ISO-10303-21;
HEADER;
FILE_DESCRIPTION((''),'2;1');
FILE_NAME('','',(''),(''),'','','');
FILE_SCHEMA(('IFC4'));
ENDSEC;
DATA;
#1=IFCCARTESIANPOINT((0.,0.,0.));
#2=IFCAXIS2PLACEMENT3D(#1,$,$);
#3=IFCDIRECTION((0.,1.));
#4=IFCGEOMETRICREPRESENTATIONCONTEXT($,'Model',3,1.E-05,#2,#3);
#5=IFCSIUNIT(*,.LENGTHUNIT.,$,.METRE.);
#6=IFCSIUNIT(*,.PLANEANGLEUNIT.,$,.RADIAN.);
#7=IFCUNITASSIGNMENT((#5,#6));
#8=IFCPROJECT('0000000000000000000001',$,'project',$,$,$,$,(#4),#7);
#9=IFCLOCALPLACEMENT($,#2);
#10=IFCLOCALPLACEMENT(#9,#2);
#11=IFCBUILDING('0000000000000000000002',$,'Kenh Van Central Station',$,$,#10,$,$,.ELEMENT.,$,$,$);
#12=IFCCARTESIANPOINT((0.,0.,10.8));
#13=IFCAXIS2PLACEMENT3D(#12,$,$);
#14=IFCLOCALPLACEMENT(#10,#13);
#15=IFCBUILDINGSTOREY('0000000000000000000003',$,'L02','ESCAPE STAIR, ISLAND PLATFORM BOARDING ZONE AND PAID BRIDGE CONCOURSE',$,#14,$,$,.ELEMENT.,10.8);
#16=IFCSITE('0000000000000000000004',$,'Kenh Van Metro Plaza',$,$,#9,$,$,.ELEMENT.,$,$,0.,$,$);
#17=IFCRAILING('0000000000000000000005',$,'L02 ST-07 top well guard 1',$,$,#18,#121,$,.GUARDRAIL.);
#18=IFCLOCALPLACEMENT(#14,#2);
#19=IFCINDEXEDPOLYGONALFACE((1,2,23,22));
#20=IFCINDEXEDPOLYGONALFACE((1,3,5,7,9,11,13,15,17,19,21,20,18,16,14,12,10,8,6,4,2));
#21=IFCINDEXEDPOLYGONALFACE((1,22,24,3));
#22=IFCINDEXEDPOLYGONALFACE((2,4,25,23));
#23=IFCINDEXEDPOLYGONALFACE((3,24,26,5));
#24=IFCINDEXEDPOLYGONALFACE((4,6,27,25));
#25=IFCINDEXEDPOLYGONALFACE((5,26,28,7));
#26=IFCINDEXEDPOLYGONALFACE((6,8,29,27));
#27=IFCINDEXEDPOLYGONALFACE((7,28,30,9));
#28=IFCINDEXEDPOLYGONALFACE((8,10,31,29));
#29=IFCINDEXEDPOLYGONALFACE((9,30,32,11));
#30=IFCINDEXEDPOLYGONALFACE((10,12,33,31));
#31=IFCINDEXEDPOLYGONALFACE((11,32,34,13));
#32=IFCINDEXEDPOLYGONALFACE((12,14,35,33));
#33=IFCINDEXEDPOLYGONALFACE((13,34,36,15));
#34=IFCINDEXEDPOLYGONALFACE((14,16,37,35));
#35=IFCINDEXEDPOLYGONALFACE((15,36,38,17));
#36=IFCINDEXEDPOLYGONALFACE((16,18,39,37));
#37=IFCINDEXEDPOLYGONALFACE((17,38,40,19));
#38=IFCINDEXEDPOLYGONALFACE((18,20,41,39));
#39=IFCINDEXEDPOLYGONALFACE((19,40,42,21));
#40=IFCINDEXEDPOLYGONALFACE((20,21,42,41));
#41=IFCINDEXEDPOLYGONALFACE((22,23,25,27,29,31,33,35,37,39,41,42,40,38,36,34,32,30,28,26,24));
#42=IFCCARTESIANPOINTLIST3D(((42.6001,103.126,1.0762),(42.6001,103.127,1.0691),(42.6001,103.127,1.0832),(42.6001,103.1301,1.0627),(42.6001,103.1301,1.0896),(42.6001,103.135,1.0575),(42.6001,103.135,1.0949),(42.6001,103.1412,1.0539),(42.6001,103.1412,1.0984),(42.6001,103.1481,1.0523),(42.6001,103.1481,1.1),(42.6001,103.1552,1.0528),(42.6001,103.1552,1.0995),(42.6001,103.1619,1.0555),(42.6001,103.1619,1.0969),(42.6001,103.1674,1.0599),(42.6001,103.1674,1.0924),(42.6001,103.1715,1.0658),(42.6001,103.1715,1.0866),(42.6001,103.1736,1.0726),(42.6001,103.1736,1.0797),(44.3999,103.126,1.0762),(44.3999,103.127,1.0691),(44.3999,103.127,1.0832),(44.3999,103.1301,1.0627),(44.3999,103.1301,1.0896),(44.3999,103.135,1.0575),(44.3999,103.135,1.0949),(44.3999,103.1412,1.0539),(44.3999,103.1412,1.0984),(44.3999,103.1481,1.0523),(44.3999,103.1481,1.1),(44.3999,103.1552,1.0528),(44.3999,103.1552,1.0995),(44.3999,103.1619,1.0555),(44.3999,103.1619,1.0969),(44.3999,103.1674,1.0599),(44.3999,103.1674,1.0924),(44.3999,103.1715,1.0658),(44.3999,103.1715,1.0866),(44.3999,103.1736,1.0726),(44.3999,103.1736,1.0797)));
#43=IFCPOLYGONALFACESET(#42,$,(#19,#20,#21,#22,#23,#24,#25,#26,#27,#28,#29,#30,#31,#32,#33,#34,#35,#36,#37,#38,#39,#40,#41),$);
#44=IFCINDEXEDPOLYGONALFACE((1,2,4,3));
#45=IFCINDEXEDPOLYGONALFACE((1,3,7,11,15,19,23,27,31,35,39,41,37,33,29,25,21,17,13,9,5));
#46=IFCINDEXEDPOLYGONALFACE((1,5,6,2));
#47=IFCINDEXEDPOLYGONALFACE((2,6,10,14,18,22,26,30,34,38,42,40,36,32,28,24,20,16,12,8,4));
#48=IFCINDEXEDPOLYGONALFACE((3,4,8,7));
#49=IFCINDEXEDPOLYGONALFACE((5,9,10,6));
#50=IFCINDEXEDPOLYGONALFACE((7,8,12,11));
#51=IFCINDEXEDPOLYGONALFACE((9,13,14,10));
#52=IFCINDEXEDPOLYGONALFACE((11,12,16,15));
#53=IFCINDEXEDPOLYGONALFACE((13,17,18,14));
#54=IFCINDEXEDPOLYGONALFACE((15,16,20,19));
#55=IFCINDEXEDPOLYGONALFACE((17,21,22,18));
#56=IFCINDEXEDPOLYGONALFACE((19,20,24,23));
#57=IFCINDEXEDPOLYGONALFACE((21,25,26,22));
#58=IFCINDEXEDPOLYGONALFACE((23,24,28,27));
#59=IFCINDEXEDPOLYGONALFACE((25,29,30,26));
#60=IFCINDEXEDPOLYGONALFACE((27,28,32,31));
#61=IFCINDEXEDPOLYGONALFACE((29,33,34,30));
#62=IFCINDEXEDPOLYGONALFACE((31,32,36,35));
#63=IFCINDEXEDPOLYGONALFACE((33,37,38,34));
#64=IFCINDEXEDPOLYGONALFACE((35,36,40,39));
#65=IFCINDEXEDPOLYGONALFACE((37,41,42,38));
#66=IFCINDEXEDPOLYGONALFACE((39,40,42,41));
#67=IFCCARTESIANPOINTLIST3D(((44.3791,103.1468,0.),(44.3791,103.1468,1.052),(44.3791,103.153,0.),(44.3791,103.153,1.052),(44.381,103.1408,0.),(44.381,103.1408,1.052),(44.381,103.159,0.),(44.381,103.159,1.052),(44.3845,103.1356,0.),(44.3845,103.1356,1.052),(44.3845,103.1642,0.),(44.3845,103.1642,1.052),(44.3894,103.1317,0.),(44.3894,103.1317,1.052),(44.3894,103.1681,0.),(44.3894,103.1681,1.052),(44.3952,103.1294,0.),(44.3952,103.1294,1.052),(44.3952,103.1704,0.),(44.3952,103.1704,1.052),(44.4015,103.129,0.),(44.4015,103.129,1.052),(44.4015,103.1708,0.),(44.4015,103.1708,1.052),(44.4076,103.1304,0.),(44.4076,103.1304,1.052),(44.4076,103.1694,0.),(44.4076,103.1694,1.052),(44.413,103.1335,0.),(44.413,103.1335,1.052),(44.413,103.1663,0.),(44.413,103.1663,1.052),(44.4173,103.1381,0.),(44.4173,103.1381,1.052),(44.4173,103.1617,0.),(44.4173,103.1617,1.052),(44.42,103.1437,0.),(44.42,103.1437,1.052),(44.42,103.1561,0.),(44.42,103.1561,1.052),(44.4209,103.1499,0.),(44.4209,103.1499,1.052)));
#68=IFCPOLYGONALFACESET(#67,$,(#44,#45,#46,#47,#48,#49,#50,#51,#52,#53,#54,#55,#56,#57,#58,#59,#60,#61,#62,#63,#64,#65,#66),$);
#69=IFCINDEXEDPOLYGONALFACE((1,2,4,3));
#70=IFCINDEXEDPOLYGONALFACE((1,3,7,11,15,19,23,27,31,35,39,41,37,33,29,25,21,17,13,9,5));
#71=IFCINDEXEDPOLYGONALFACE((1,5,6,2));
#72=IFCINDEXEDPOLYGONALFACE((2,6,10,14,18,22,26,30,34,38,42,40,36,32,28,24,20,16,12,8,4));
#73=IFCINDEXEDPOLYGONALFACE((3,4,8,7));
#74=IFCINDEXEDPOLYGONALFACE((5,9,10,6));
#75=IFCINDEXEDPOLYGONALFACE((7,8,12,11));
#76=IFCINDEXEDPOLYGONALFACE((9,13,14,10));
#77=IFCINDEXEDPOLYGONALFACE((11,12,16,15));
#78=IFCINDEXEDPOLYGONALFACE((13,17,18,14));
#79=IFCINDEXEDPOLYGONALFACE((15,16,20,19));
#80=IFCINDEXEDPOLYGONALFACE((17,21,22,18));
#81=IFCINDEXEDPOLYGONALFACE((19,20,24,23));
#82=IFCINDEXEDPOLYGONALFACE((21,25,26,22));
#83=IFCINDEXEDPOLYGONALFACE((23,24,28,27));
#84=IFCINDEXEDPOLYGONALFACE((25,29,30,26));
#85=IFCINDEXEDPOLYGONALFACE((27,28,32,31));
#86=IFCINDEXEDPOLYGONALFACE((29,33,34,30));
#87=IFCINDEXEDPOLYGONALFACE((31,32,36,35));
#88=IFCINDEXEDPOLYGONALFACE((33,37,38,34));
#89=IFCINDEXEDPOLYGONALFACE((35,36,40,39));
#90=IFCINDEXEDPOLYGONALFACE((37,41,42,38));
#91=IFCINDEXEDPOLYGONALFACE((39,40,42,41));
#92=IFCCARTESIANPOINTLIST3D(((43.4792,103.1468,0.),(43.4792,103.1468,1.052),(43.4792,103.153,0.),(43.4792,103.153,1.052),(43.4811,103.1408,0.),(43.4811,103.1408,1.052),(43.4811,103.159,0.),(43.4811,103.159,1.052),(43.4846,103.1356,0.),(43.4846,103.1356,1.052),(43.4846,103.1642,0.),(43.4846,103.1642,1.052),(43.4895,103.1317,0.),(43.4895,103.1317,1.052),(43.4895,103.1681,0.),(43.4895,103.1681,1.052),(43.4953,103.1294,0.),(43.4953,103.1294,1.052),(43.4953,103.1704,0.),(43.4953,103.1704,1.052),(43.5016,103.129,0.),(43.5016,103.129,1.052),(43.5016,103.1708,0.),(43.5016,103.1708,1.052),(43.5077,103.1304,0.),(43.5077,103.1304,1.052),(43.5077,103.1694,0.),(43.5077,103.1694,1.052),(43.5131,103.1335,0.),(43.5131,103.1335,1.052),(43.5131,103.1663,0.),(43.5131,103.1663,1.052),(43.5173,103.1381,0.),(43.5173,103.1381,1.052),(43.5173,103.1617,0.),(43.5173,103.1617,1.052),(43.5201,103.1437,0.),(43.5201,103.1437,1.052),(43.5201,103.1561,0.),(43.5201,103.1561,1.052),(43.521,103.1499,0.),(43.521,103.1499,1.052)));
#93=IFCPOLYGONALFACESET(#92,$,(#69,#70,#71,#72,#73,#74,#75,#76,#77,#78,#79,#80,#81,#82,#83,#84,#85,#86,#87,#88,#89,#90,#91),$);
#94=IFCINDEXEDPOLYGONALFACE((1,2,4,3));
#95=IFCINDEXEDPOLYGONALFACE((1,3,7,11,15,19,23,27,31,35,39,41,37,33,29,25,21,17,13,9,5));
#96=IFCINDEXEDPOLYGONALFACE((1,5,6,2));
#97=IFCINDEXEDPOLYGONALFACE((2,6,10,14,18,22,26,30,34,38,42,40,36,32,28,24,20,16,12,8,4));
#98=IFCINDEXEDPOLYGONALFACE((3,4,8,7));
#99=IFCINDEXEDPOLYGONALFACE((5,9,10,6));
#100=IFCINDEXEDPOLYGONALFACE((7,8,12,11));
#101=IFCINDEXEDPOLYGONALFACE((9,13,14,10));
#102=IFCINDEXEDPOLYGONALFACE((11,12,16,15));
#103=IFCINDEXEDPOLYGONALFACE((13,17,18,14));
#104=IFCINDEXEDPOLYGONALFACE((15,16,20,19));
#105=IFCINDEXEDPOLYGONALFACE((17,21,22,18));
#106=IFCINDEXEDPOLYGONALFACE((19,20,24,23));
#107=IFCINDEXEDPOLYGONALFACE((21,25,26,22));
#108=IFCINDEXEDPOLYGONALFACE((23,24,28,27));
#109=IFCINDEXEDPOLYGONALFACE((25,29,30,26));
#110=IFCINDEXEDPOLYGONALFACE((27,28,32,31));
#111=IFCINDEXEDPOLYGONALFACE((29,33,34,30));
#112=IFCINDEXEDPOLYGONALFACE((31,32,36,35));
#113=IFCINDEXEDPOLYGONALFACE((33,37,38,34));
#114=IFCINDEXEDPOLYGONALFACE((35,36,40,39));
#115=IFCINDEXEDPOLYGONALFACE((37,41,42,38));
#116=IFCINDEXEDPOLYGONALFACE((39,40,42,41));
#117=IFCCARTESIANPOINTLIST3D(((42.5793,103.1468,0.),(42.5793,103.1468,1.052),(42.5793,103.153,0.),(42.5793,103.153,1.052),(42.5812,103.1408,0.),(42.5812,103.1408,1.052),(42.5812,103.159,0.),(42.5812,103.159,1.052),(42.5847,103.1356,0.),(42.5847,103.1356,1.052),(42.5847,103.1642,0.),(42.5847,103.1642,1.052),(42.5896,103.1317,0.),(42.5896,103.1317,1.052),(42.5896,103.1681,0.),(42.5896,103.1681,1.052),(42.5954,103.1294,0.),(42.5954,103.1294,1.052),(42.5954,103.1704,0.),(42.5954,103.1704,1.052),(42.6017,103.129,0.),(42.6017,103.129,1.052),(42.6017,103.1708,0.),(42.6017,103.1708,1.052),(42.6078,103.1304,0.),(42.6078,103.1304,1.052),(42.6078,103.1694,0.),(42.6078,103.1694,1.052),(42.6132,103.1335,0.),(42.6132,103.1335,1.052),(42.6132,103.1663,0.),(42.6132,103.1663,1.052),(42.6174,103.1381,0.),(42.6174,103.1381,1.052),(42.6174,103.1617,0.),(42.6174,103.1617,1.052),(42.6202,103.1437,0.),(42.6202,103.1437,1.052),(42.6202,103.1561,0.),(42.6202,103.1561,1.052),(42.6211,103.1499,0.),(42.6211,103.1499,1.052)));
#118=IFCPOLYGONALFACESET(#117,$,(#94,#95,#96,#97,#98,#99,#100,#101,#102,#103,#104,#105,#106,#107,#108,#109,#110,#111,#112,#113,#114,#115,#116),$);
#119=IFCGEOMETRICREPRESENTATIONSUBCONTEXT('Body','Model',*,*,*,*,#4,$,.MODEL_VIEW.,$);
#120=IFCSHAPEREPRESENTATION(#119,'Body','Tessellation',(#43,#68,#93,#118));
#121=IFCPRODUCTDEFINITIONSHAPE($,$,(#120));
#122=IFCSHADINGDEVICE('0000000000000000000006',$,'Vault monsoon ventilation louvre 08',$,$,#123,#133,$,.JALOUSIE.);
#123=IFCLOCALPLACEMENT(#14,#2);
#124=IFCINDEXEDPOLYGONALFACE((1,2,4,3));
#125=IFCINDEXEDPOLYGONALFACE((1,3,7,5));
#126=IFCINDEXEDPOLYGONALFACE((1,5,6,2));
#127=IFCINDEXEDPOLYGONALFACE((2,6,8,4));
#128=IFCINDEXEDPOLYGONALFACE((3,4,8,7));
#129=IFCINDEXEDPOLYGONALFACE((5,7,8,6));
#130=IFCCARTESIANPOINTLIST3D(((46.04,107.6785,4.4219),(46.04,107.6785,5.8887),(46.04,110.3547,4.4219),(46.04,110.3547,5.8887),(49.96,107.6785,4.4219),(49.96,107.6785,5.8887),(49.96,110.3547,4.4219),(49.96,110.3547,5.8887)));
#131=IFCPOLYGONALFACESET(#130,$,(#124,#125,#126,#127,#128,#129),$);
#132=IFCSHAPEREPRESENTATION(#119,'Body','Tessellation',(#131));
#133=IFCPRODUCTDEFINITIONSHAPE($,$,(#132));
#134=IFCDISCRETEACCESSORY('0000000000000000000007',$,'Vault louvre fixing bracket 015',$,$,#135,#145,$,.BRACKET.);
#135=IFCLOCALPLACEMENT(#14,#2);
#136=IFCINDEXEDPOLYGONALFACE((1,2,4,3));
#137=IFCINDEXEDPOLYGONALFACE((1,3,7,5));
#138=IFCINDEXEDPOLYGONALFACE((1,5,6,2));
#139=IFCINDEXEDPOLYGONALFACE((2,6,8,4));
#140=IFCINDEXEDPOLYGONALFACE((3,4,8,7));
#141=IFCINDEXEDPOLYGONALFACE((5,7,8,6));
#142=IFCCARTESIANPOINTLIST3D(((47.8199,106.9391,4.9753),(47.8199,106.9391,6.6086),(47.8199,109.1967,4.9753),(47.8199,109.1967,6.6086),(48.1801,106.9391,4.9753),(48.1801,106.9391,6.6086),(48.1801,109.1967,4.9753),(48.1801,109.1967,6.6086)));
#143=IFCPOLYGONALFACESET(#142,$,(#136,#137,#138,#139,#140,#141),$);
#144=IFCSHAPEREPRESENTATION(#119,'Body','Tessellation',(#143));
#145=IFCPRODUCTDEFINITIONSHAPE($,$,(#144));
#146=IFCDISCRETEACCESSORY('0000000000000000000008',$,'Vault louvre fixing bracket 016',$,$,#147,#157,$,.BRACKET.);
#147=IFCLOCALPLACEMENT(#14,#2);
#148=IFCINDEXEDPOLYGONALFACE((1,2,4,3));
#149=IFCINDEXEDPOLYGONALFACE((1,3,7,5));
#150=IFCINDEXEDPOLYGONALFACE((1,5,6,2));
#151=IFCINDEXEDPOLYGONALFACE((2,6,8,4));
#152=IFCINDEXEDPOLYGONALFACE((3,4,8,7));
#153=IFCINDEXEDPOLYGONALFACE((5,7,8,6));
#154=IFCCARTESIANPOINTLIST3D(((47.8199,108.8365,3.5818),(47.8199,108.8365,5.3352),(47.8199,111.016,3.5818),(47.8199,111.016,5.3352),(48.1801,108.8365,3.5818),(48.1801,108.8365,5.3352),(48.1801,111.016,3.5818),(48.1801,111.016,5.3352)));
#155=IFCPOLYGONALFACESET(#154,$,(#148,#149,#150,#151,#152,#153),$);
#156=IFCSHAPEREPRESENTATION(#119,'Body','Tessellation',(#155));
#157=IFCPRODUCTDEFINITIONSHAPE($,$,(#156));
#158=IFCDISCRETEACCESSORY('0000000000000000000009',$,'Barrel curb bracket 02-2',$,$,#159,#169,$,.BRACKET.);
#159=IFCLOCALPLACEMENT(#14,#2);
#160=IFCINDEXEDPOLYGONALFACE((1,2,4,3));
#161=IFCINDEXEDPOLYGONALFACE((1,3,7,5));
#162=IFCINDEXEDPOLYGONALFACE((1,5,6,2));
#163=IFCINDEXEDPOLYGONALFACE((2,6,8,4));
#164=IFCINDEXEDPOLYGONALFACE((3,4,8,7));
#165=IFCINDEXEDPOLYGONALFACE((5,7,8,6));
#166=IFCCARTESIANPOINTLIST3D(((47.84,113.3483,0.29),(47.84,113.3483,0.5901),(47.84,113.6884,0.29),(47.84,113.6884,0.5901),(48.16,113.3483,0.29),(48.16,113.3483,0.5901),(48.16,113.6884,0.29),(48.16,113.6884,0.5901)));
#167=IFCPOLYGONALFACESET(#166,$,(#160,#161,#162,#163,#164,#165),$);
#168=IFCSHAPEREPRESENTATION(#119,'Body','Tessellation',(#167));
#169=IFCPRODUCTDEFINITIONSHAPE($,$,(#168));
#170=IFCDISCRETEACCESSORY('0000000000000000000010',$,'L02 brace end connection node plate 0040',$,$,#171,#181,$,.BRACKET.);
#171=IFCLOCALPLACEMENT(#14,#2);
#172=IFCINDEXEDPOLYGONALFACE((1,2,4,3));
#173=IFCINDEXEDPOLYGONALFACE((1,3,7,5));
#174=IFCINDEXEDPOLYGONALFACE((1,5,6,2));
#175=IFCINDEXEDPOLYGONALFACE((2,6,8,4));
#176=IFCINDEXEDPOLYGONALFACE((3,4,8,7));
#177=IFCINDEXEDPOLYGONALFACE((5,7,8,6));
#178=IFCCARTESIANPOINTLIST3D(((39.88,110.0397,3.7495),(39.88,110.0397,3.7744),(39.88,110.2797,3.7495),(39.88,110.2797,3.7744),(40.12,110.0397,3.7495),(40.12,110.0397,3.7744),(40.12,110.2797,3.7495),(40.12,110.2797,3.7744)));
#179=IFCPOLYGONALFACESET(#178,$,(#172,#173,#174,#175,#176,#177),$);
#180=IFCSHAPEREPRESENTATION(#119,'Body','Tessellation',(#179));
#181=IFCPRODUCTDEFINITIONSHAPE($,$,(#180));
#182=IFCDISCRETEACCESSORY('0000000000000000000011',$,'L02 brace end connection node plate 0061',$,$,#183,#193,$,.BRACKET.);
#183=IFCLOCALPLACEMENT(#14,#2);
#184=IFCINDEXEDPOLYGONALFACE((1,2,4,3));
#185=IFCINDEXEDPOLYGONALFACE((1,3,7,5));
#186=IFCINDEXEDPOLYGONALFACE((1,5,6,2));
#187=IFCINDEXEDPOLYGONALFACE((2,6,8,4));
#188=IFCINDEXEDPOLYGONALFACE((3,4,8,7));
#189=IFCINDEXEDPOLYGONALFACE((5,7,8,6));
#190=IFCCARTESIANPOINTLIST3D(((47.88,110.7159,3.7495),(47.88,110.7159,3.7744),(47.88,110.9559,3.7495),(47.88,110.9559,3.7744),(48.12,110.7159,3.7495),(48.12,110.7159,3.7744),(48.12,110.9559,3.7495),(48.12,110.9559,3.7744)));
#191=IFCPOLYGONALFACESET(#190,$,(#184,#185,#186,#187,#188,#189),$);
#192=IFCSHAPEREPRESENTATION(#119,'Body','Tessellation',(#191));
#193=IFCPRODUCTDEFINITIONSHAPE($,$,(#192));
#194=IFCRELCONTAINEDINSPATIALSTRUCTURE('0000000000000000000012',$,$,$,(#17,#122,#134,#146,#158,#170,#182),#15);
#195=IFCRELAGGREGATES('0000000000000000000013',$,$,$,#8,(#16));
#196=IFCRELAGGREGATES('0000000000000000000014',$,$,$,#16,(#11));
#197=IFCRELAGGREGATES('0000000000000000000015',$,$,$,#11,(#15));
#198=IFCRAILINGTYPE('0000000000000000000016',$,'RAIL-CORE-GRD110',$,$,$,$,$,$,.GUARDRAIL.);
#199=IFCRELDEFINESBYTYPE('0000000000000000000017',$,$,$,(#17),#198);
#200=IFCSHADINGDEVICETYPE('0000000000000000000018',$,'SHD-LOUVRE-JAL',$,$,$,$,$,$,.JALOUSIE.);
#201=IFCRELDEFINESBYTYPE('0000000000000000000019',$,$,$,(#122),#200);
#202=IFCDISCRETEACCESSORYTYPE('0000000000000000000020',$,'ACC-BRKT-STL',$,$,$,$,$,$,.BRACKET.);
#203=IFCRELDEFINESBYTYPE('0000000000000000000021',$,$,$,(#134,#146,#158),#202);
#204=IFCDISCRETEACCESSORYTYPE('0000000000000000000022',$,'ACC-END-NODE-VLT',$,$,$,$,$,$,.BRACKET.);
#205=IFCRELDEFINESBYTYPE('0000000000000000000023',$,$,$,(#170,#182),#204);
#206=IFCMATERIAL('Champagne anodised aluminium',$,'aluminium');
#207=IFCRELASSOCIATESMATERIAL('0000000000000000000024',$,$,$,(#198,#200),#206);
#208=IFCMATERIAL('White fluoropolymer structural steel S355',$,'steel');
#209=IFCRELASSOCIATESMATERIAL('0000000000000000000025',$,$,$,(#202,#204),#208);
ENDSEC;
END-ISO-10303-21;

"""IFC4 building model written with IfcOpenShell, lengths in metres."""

from ifc_helpers import new_model, si_unit, direction, frame, origin, origin_2d, place, context, subcontext, project, spatial, rectangle, circle, extrude, material, type_object, element, save


model = new_model("IFC4")

# Units and contexts
model_context = context("Model", 3, precision=1e-05, world=origin(), true_north=direction((0.0, 1.0)))
body_context = subcontext(model_context, "Body", "Model", "MODEL_VIEW")
ifc_project = project(units=[si_unit("LENGTHUNIT", "METRE"), si_unit("PLANEANGLEUNIT", "RADIAN")], contexts=[model_context])

# Site, building, storey
site_placement = place(None, origin())
site = spatial("IfcSite", under=ifc_project, at=site_placement, Name="Kenh Van Metro Plaza", CompositionType="ELEMENT", RefElevation=0.0)
building_placement = place(site_placement, origin())
building = spatial("IfcBuilding", under=site, at=building_placement, Name="Kenh Van Central Station", CompositionType="ELEMENT")
storey_placement = place(building_placement, frame((0.0, 0.0, 10.8)))
storey = spatial("IfcBuildingStorey", under=building, at=storey_placement, Name="L02", Description="ESCAPE STAIR, ISLAND PLATFORM BOARDING ZONE AND PAID BRIDGE CONCOURSE", CompositionType="ELEMENT", Elevation=10.8)

# Shared definitions
ifc_material_1 = material(Name="White fluoropolymer structural steel S355", Category="steel")

# Railing
ifc_material_2 = material(Name="Champagne anodised aluminium", Category="aluminium")
railing_type_1 = type_object("IfcRailingType", Name="RAIL-CORE-GRD110", PredefinedType="GUARDRAIL", material=ifc_material_2)
railing_1_placement = place(storey_placement, frame((44.3999, 103.1499, 0.0)))
element("IfcRailing", 1, at=railing_1_placement, inside=storey, type_object=railing_type_1, Name="L02 ST-07 top well guard 1", PredefinedType="GUARDRAIL", context=body_context, shape_type="SweptSolid", body=[
    extrude(circle(Radius=0.0239, at=origin_2d()), frame((0.0, 0.0, 1.0762), z_axis=(-1.0, 0.0, 0.0), x_axis=(0.0, -1.0, 0.0)), (0.0, 0.0, 1.0), 1.7998),
    extrude(circle(Radius=0.021, at=origin_2d()), origin(), (0.0, 0.0, 1.0), 1.052),
    extrude(circle(Radius=0.021, at=origin_2d()), frame((-0.8999, 0.0, 0.0)), (0.0, 0.0, 1.0), 1.052),
    extrude(circle(Radius=0.021, at=origin_2d()), frame((-1.7998, 0.0, 0.0)), (0.0, 0.0, 1.0), 1.052),
])

# Shading device
shading_device_type = type_object("IfcShadingDeviceType", Name="SHD-LOUVRE-JAL", PredefinedType="JALOUSIE", material=ifc_material_2)
shading_device_placement = place(storey_placement, frame((48.0, 109.0166, 4.4219), z_axis=(0.0, 0.0, 1.0), x_axis=(1.0, 0.0, 0.0)))
element("IfcShadingDevice", 2, at=shading_device_placement, inside=storey, type_object=shading_device_type, Name="Vault monsoon ventilation louvre 08", PredefinedType="JALOUSIE", context=body_context, shape_type="SweptSolid", body=[
    extrude(rectangle(XDim=3.9199, YDim=2.6763, at=origin_2d()), origin(), (0.0, 0.0, 1.0), 1.4668),
])

# Discrete accessories
discrete_accessory_type_1 = type_object("IfcDiscreteAccessoryType", Name="ACC-BRKT-STL", PredefinedType="BRACKET", material=ifc_material_1)
discrete_accessory_1_placement = place(storey_placement, frame((48.0, 108.0679, 4.9753), z_axis=(0.0, 0.0, 1.0), x_axis=(1.0, 0.0, 0.0)))
element("IfcDiscreteAccessory", 3, at=discrete_accessory_1_placement, inside=storey, type_object=discrete_accessory_type_1, Name="Vault louvre fixing bracket 015", PredefinedType="BRACKET", context=body_context, shape_type="SweptSolid", body=[
    extrude(rectangle(XDim=0.3601, YDim=2.2576, at=origin_2d()), origin(), (0.0, 0.0, 1.0), 1.6333),
])
discrete_accessory_2_placement = place(storey_placement, frame((48.0, 109.9263, 3.5818), z_axis=(0.0, 0.0, 1.0), x_axis=(1.0, 0.0, 0.0)))
element("IfcDiscreteAccessory", 4, at=discrete_accessory_2_placement, inside=storey, type_object=discrete_accessory_type_1, Name="Vault louvre fixing bracket 016", PredefinedType="BRACKET", context=body_context, shape_type="SweptSolid", body=[
    extrude(rectangle(XDim=0.3601, YDim=2.1794, at=origin_2d()), origin(), (0.0, 0.0, 1.0), 1.7534),
])
discrete_accessory_3_placement = place(storey_placement, frame((48.0, 113.5183, 0.29), z_axis=(0.0, 0.0, 1.0), x_axis=(1.0, 0.0, 0.0)))
element("IfcDiscreteAccessory", 5, at=discrete_accessory_3_placement, inside=storey, type_object=discrete_accessory_type_1, Name="Barrel curb bracket 02-2", PredefinedType="BRACKET", context=body_context, shape_type="SweptSolid", body=[
    extrude(rectangle(XDim=0.3201, YDim=0.3401, at=origin_2d()), origin(), (0.0, 0.0, 1.0), 0.3),
])
discrete_accessory_type_2 = type_object("IfcDiscreteAccessoryType", Name="ACC-END-NODE-VLT", PredefinedType="BRACKET", material=ifc_material_1)
for number, where, z_axis, x_axis, name in (
    (6, (40.0, 110.1597, 3.7495), (0.0, 0.0, 1.0), (1.0, 0.0, 0.0), "L02 brace end connection node plate 0040"),
    (7, (48.0, 110.8359, 3.7495), (0.0, 0.0, 1.0), (1.0, 0.0, 0.0), "L02 brace end connection node plate 0061"),
):
    element("IfcDiscreteAccessory", number, at=place(storey_placement, frame(where, z_axis=z_axis, x_axis=x_axis)), inside=storey, type_object=discrete_accessory_type_2, Name=name, PredefinedType="BRACKET", context=body_context, shape_type="SweptSolid", body=[
        extrude(rectangle(XDim=0.24, YDim=0.24, at=origin_2d()), origin(), (0.0, 0.0, 1.0), 0.0249),
    ])

save(model, "model.ifc")
